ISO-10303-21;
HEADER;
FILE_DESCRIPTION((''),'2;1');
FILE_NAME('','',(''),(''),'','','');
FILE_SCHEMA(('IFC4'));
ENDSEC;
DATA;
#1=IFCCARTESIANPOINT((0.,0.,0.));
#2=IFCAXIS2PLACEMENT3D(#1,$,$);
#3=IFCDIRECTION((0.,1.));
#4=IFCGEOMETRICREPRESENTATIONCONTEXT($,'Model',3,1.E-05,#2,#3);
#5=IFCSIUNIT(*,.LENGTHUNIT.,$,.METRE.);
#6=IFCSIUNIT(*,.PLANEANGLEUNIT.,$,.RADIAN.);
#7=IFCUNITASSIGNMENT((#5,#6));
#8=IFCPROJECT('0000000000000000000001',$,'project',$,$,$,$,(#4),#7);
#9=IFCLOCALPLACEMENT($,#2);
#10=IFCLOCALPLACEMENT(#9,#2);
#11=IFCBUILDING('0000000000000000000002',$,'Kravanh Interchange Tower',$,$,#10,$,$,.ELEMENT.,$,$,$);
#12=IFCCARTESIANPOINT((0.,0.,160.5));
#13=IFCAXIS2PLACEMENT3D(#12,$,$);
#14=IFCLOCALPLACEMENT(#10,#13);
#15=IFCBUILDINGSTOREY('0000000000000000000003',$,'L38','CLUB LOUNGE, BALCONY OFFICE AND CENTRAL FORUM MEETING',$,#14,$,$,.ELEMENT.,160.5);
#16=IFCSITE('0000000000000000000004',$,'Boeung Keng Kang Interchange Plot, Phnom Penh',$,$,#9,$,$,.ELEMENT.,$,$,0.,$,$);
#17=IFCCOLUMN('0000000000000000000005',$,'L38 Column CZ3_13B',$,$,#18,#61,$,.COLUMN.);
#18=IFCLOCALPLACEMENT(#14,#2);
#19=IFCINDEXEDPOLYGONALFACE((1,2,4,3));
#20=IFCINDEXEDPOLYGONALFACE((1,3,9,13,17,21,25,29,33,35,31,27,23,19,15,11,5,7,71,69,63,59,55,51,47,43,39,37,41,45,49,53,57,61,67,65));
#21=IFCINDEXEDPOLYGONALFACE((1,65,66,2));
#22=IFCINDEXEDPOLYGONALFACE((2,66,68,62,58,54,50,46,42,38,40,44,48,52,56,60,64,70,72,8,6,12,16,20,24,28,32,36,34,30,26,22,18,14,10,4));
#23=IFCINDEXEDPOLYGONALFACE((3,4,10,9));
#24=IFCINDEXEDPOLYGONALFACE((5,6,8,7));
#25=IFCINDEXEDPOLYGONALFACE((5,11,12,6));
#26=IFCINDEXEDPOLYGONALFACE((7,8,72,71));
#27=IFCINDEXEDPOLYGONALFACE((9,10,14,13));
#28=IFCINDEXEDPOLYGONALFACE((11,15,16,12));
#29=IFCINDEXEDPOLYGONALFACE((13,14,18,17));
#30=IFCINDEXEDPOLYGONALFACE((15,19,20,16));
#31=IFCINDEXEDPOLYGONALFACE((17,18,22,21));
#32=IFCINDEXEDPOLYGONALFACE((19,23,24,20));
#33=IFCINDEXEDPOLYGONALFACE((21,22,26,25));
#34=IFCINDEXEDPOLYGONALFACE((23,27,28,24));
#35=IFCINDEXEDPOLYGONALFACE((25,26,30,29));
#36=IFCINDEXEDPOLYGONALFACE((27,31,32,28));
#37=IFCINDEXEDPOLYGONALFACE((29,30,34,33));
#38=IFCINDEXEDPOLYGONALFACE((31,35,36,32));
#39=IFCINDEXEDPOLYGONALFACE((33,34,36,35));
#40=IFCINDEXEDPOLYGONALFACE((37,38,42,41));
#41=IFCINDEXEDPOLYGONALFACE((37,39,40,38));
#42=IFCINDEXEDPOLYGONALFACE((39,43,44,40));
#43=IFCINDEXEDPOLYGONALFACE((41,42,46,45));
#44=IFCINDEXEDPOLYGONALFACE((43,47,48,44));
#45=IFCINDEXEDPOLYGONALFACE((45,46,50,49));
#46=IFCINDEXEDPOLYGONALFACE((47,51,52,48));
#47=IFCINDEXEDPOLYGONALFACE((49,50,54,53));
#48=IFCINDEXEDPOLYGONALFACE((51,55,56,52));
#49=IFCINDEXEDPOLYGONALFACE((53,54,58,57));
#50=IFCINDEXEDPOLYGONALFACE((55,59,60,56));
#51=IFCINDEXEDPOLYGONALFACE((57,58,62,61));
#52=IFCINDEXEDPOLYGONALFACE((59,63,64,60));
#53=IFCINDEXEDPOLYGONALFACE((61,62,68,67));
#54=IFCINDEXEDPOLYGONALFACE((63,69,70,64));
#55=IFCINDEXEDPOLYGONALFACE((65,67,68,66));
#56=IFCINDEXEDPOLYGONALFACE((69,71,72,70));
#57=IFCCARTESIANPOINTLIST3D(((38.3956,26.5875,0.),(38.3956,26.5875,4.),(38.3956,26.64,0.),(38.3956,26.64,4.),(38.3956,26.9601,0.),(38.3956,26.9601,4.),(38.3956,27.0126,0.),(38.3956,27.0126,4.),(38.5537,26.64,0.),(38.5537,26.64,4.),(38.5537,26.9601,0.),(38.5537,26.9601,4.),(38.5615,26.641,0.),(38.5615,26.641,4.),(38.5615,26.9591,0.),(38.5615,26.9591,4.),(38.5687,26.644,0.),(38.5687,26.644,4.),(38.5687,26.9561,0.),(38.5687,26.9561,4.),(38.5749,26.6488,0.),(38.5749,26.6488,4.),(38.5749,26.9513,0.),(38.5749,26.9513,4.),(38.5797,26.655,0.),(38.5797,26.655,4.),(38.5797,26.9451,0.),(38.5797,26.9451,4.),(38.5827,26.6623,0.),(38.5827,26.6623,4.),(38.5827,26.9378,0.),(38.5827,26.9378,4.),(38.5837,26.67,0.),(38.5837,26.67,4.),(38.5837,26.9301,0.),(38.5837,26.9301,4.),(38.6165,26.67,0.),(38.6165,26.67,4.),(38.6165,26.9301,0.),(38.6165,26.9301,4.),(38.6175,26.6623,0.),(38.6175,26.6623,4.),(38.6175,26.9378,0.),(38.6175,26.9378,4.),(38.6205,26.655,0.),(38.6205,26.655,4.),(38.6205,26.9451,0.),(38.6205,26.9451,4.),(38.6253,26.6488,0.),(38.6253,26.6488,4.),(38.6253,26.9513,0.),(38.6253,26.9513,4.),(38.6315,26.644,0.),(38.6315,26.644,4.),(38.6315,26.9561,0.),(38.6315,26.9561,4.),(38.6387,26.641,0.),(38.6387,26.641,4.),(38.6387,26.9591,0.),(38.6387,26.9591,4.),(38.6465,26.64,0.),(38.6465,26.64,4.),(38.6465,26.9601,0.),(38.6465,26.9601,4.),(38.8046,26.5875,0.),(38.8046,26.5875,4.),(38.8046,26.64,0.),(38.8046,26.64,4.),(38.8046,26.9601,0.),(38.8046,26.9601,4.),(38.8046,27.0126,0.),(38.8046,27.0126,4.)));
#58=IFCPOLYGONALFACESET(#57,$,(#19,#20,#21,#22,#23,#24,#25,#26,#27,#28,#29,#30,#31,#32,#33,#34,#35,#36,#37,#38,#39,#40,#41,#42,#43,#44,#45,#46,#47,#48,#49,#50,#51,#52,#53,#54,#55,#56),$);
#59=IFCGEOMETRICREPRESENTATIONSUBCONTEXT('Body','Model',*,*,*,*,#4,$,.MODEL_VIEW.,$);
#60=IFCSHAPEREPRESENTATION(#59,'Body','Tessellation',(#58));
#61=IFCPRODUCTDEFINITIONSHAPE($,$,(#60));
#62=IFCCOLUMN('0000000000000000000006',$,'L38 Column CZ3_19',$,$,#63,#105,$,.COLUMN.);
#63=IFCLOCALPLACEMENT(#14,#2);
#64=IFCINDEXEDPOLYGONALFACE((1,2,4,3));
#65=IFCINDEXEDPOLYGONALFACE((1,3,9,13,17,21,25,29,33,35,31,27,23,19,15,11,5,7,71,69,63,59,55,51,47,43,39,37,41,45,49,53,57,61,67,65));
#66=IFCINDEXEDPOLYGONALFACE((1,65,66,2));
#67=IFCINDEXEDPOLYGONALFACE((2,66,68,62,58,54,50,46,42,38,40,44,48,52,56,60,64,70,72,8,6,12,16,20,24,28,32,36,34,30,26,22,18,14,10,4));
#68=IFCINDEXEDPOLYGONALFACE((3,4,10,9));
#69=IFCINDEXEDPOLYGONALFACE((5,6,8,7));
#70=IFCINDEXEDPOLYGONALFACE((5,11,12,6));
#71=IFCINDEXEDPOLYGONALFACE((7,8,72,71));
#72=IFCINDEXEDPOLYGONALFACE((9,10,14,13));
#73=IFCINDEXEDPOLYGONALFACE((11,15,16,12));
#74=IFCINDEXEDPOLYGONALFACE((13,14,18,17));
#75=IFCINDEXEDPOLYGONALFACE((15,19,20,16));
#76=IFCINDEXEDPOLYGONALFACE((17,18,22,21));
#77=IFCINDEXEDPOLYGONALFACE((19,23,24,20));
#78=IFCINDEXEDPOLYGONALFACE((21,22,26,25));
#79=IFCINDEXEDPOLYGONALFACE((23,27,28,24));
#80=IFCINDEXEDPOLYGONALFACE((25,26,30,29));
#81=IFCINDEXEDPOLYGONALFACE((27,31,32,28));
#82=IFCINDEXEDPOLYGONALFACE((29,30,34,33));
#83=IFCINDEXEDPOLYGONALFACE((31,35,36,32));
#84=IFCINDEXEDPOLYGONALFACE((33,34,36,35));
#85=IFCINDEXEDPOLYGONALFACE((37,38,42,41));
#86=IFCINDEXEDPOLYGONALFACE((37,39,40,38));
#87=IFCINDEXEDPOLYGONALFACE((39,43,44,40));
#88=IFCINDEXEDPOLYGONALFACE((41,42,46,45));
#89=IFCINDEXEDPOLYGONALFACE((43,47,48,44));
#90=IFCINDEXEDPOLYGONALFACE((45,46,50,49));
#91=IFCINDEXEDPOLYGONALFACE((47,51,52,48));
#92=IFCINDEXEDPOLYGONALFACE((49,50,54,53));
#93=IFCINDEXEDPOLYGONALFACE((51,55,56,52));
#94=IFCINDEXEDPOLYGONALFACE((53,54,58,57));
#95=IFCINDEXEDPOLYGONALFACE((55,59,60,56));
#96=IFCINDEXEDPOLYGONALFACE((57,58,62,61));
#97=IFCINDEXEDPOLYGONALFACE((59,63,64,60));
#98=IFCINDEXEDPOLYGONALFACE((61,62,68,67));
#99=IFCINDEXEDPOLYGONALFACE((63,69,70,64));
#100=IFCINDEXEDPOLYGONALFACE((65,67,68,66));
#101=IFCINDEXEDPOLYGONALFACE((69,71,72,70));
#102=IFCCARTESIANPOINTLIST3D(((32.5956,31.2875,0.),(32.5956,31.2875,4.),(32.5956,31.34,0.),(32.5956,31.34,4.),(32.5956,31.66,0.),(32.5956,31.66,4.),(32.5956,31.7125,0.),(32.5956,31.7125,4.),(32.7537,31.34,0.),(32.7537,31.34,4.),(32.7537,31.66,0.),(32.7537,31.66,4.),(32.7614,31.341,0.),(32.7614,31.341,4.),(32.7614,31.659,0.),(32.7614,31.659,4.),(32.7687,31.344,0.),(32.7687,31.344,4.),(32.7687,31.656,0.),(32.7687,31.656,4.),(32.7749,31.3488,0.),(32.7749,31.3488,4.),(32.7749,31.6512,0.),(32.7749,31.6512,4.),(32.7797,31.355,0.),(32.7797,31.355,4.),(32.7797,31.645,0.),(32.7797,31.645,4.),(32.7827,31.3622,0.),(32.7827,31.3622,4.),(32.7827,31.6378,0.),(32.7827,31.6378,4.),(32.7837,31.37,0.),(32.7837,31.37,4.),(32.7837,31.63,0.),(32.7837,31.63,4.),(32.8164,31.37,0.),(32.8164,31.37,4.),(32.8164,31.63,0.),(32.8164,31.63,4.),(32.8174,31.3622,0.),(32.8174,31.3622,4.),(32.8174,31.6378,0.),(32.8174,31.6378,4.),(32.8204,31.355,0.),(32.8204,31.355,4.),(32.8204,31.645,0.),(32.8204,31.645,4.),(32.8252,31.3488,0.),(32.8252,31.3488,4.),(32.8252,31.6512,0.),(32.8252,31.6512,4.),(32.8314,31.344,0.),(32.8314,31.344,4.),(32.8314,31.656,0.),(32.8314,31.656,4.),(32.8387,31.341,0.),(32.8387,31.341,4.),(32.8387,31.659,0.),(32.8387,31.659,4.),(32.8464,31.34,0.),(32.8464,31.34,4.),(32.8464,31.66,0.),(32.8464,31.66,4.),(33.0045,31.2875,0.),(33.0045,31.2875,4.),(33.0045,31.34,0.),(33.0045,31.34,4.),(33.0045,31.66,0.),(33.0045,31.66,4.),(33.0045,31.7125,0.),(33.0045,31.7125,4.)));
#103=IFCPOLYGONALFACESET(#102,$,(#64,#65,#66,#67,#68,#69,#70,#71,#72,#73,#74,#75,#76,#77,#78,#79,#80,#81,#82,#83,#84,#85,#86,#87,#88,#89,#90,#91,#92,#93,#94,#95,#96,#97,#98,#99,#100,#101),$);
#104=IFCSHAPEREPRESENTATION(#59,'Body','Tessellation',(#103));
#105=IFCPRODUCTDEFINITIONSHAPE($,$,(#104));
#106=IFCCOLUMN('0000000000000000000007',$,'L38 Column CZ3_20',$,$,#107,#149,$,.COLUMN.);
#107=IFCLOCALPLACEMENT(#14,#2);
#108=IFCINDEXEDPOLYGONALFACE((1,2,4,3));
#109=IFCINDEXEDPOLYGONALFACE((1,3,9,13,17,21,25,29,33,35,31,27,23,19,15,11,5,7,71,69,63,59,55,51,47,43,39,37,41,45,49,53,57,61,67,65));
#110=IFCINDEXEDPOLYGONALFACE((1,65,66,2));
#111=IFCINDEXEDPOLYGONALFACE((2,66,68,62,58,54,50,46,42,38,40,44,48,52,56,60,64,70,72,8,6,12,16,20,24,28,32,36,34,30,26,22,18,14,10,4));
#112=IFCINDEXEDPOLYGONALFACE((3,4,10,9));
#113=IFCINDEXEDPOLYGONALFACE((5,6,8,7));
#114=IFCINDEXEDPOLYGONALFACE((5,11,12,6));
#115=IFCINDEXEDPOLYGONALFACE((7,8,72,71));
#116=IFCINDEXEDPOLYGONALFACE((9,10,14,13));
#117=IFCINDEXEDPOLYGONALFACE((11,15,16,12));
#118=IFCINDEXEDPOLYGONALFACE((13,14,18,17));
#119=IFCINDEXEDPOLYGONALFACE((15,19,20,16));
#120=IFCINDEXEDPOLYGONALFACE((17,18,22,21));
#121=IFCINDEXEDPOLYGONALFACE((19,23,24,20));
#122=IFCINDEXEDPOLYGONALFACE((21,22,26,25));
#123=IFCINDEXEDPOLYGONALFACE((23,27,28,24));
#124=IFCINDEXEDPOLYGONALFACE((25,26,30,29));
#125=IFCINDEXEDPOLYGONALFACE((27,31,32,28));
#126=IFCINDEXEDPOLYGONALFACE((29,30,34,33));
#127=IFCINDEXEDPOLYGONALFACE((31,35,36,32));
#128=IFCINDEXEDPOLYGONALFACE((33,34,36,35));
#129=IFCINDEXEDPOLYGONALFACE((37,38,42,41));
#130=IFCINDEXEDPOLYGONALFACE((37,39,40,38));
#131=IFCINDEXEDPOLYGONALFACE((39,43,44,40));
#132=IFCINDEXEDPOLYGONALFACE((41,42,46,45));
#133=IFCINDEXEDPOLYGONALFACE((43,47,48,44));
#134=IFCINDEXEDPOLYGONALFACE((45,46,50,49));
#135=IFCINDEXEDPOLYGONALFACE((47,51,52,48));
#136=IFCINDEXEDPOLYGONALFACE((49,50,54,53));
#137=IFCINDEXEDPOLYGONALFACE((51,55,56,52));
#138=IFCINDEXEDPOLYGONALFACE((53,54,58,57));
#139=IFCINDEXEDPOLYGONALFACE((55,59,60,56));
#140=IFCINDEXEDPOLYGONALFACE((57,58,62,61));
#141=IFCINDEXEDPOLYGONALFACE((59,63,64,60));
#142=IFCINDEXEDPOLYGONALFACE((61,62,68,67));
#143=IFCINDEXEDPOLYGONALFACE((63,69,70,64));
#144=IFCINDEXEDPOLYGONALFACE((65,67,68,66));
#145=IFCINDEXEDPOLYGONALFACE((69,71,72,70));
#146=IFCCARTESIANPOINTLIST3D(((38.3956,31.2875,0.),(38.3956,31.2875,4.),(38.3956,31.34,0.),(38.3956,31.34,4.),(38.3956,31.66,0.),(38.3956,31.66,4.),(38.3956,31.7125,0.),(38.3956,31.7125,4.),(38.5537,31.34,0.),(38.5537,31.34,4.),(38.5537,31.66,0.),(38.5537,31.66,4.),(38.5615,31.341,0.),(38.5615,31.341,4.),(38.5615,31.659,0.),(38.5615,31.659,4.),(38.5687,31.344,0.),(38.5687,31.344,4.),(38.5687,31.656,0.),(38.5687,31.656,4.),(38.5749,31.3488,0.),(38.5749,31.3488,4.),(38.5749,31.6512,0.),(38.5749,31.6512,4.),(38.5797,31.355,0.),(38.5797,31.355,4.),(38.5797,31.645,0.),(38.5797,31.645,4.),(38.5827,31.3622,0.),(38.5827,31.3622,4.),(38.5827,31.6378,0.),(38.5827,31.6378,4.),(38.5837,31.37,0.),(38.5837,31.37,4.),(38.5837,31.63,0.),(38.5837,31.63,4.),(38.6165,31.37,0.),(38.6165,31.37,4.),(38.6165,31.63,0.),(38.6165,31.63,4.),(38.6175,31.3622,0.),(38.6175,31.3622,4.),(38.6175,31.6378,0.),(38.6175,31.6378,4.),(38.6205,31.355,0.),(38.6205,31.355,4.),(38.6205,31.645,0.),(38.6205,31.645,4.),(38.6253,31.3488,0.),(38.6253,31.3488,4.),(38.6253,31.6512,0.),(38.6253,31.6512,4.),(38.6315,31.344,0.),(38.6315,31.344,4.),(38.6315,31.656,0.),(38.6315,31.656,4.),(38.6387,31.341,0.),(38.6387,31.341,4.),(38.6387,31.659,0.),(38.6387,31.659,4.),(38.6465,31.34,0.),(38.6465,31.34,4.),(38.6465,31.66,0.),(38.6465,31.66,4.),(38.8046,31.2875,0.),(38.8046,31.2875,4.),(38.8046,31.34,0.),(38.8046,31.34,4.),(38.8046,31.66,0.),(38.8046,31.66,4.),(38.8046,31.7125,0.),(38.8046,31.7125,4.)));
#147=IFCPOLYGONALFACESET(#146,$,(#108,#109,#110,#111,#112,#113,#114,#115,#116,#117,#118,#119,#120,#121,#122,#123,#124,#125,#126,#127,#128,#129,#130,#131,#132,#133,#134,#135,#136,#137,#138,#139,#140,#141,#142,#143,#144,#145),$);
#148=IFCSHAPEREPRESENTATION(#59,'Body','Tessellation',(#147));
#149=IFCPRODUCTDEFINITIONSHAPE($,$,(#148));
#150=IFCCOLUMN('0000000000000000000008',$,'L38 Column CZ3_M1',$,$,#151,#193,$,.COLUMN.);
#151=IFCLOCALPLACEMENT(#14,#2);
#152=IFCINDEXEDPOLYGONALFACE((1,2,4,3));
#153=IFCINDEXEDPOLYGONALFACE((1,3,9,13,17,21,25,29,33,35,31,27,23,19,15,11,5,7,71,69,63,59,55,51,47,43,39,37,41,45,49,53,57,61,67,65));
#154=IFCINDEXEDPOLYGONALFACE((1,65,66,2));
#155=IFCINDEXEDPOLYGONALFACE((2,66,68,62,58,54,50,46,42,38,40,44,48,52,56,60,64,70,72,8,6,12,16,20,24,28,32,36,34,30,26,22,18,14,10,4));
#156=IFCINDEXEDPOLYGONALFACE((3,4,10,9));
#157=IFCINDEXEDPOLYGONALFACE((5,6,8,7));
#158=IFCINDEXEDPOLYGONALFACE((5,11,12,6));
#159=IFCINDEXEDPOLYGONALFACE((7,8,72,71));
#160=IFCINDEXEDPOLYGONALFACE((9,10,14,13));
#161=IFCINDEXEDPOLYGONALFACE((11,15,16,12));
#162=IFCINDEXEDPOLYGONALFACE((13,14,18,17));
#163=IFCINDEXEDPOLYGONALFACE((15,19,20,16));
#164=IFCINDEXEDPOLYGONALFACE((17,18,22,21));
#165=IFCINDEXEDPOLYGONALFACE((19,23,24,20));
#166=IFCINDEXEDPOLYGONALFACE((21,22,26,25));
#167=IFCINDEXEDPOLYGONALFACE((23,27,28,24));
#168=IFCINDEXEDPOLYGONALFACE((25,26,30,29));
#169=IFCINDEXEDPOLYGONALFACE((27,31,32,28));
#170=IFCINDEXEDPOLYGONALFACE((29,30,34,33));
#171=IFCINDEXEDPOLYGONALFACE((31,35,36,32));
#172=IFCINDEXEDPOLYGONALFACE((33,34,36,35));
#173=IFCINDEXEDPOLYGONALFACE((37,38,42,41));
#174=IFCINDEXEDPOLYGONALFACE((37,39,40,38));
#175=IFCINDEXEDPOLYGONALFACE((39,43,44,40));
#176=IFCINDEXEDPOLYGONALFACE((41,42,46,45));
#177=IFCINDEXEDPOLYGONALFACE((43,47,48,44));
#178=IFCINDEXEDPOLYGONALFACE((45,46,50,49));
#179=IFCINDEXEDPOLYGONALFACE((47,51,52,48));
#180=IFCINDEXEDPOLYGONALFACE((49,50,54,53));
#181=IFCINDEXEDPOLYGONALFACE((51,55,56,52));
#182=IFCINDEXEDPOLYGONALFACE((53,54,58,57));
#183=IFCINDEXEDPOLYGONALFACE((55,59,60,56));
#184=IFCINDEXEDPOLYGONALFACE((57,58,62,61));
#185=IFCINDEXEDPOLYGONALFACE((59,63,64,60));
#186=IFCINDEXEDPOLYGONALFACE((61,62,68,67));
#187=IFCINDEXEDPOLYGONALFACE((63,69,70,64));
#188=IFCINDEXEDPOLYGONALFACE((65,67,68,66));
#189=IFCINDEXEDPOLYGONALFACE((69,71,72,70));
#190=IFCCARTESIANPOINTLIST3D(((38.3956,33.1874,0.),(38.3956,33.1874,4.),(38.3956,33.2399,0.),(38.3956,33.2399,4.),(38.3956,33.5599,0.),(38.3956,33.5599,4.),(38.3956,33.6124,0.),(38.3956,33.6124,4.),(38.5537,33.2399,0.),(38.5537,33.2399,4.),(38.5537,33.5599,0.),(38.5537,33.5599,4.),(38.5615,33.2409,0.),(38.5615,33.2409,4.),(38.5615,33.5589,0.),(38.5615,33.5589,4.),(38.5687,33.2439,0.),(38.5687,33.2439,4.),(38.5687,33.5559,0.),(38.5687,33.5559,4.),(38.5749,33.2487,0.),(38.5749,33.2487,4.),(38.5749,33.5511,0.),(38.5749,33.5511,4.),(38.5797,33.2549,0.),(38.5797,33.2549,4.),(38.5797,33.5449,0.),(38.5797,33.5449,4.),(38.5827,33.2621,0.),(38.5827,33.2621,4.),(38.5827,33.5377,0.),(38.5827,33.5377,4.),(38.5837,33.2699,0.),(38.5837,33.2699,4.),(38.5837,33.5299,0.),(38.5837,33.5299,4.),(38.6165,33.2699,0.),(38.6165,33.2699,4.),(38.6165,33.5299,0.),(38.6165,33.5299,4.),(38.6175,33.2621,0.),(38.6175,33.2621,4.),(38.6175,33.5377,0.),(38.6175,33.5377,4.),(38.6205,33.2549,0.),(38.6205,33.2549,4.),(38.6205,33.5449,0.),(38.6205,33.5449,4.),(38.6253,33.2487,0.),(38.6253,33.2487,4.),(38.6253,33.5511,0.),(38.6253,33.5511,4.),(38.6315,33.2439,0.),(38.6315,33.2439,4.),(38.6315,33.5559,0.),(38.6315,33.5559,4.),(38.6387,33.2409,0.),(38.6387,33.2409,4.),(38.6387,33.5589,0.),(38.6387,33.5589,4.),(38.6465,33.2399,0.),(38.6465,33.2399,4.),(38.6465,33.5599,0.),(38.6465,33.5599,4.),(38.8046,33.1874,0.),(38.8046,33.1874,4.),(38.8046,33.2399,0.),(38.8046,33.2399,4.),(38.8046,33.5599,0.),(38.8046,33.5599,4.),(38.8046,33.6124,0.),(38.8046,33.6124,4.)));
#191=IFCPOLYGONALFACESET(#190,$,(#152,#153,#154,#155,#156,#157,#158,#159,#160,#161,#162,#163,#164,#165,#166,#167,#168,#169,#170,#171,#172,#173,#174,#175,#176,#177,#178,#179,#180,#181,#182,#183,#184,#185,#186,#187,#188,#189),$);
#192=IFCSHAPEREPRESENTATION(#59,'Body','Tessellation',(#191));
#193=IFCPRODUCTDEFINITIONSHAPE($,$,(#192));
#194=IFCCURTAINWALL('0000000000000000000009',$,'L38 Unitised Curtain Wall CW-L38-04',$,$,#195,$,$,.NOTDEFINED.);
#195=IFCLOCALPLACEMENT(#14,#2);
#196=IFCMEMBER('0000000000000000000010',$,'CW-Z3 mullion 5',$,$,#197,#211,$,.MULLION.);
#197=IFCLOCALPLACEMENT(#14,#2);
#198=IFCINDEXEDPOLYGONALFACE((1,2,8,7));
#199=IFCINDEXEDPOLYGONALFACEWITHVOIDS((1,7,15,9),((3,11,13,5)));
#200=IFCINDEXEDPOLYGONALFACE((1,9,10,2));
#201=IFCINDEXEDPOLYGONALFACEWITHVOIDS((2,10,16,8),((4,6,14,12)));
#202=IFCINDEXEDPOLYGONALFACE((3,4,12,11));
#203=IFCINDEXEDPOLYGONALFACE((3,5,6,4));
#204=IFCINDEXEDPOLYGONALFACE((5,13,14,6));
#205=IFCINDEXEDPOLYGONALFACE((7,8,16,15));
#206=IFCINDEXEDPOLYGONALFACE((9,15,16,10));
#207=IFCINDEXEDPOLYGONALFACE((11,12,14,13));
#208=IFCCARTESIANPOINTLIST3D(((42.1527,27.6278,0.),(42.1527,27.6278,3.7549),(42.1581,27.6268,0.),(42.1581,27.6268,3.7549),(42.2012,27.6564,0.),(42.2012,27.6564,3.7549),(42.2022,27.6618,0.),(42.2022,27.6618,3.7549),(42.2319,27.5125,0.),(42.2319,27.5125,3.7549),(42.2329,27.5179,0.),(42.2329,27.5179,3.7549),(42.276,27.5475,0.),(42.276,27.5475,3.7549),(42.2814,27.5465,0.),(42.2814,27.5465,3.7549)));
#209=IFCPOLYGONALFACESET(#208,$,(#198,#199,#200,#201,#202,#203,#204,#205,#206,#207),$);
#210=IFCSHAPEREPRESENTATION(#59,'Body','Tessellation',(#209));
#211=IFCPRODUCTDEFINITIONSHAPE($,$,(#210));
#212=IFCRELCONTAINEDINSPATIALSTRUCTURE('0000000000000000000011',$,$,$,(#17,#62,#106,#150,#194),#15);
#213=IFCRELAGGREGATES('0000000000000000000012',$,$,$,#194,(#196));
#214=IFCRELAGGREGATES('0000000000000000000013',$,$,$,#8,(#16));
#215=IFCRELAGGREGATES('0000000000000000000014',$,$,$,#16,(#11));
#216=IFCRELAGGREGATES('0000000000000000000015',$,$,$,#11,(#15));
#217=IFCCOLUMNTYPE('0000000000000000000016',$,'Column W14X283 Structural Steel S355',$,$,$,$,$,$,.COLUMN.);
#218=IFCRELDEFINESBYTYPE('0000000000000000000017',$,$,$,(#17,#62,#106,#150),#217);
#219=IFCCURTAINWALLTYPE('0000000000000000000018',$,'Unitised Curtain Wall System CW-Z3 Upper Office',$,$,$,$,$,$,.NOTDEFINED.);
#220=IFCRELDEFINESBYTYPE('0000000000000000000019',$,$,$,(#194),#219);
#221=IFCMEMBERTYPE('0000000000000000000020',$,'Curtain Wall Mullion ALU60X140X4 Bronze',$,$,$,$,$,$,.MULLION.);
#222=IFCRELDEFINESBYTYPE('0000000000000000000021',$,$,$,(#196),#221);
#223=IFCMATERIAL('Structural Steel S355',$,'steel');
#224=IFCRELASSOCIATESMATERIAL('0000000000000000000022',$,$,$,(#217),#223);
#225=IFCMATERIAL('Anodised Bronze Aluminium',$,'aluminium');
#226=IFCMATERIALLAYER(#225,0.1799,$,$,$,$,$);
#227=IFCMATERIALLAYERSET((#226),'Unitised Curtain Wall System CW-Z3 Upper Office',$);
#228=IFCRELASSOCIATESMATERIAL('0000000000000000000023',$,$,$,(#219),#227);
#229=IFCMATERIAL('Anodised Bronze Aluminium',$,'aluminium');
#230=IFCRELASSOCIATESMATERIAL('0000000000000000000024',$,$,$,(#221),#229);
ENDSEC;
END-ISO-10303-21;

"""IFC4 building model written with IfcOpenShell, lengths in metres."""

from ifc_helpers import new_model, si_unit, direction, frame, origin, origin_2d, place, context, subcontext, project, spatial, hollow_rectangle, i_section, extrude, material, layer, layer_set, material_profile, profile_set, type_object, element, aggregate, save


model = new_model("IFC4")

# Units and contexts
model_context = context("Model", 3, precision=1e-05, world=origin(), true_north=direction((0.0, 1.0)))
body_context = subcontext(model_context, "Body", "Model", "MODEL_VIEW")
ifc_project = project(units=[si_unit("LENGTHUNIT", "METRE"), si_unit("PLANEANGLEUNIT", "RADIAN")], contexts=[model_context])

# Site, building, storey
site_placement = place(None, origin())
site = spatial("IfcSite", under=ifc_project, at=site_placement, Name="Boeung Keng Kang Interchange Plot, Phnom Penh", CompositionType="ELEMENT", RefElevation=0.0)
building_placement = place(site_placement, origin())
building = spatial("IfcBuilding", under=site, at=building_placement, Name="Kravanh Interchange Tower", CompositionType="ELEMENT")
storey_placement = place(building_placement, frame((0.0, 0.0, 160.5)))
storey = spatial("IfcBuildingStorey", under=building, at=storey_placement, Name="L38", Description="CLUB LOUNGE, BALCONY OFFICE AND CENTRAL FORUM MEETING", CompositionType="ELEMENT", Elevation=160.5)

# Columns
ifc_material_1 = material(Name="Structural Steel S355", Category="steel")
ifc_material_profile_1 = material_profile(ifc_material_1, i_section(OverallWidth=0.4089, OverallDepth=0.425, WebThickness=0.0327, FlangeThickness=0.0525, FilletRadius=0.03, at=origin_2d()), Name="W14X283")
ifc_profile_set_1 = profile_set([ifc_material_profile_1], Name="Structural Steel S355")
column_type = type_object("IfcColumnType", Name="Column W14X283 Structural Steel S355", PredefinedType="COLUMN", material=ifc_profile_set_1)
for number, where, z_axis, x_axis, name in (
    (1, (38.6001, 26.8, 0.0), (0.0, 0.0, 1.0), (1.0, 0.0, 0.0), "L38 Column CZ3_13B"),
    (2, (32.8, 31.5, 0.0), (0.0, 0.0, 1.0), (1.0, 0.0, 0.0), "L38 Column CZ3_19"),
    (3, (38.6001, 31.5, 0.0), (0.0, 0.0, 1.0), (1.0, 0.0, 0.0), "L38 Column CZ3_20"),
    (4, (38.6001, 33.3999, 0.0), (0.0, 0.0, 1.0), (1.0, 0.0, 0.0), "L38 Column CZ3_M1"),
):
    element("IfcColumn", number, at=place(storey_placement, frame(where, z_axis=z_axis, x_axis=x_axis)), inside=storey, type_object=column_type, Name=name, PredefinedType="COLUMN", context=body_context, shape_type="SweptSolid", body=[
        extrude(i_section(OverallWidth=0.4089, OverallDepth=0.425, WebThickness=0.0327, FlangeThickness=0.0525, FilletRadius=0.03, at=origin_2d()), origin(), (0.0, 0.0, 1.0), 4.0),
    ])

# Curtain wall, member
ifc_material_2 = material(Name="Anodised Bronze Aluminium", Category="aluminium")
ifc_layer_1 = layer(ifc_material_2, 0.1799)
ifc_layer_set_1 = layer_set([ifc_layer_1], Name="Unitised Curtain Wall System CW-Z3 Upper Office")
curtain_wall_type = type_object("IfcCurtainWallType", Name="Unitised Curtain Wall System CW-Z3 Upper Office", PredefinedType="NOTDEFINED", material=ifc_layer_set_1)
curtain_wall_1_placement = place(storey_placement, origin())
curtain_wall_1 = element("IfcCurtainWall", 5, at=curtain_wall_1_placement, inside=storey, type_object=curtain_wall_type, Name="L38 Unitised Curtain Wall CW-L38-04", PredefinedType="NOTDEFINED")
ifc_material_3 = material(Name="Anodised Bronze Aluminium", Category="aluminium")
ifc_material_profile_2 = material_profile(ifc_material_3, hollow_rectangle(XDim=0.0601, YDim=0.1399, WallThickness=0.0039, at=origin_2d()), Name="ALU60X140X4")
ifc_profile_set_2 = profile_set([ifc_material_profile_2], Name="Anodised Bronze Aluminium")
member_type_1 = type_object("IfcMemberType", Name="Curtain Wall Mullion ALU60X140X4 Bronze", PredefinedType="MULLION", material=ifc_profile_set_2)
member_1_placement = place(storey_placement, frame((42.217, 27.5872, 0.0), z_axis=(0.0, 0.0, 1.0), x_axis=(-0.824042, -0.566528, 0.0)))
member_1 = element("IfcMember", 6, at=member_1_placement, type_object=member_type_1, Name="CW-Z3 mullion 5", PredefinedType="MULLION", context=body_context, shape_type="SweptSolid", body=[
    extrude(hollow_rectangle(XDim=0.0601, YDim=0.1399, WallThickness=0.0039, at=origin_2d()), origin(), (0.0, 0.0, 1.0), 3.7549),
])
aggregate(curtain_wall_1, [member_1])

save(model, "model.ifc")
